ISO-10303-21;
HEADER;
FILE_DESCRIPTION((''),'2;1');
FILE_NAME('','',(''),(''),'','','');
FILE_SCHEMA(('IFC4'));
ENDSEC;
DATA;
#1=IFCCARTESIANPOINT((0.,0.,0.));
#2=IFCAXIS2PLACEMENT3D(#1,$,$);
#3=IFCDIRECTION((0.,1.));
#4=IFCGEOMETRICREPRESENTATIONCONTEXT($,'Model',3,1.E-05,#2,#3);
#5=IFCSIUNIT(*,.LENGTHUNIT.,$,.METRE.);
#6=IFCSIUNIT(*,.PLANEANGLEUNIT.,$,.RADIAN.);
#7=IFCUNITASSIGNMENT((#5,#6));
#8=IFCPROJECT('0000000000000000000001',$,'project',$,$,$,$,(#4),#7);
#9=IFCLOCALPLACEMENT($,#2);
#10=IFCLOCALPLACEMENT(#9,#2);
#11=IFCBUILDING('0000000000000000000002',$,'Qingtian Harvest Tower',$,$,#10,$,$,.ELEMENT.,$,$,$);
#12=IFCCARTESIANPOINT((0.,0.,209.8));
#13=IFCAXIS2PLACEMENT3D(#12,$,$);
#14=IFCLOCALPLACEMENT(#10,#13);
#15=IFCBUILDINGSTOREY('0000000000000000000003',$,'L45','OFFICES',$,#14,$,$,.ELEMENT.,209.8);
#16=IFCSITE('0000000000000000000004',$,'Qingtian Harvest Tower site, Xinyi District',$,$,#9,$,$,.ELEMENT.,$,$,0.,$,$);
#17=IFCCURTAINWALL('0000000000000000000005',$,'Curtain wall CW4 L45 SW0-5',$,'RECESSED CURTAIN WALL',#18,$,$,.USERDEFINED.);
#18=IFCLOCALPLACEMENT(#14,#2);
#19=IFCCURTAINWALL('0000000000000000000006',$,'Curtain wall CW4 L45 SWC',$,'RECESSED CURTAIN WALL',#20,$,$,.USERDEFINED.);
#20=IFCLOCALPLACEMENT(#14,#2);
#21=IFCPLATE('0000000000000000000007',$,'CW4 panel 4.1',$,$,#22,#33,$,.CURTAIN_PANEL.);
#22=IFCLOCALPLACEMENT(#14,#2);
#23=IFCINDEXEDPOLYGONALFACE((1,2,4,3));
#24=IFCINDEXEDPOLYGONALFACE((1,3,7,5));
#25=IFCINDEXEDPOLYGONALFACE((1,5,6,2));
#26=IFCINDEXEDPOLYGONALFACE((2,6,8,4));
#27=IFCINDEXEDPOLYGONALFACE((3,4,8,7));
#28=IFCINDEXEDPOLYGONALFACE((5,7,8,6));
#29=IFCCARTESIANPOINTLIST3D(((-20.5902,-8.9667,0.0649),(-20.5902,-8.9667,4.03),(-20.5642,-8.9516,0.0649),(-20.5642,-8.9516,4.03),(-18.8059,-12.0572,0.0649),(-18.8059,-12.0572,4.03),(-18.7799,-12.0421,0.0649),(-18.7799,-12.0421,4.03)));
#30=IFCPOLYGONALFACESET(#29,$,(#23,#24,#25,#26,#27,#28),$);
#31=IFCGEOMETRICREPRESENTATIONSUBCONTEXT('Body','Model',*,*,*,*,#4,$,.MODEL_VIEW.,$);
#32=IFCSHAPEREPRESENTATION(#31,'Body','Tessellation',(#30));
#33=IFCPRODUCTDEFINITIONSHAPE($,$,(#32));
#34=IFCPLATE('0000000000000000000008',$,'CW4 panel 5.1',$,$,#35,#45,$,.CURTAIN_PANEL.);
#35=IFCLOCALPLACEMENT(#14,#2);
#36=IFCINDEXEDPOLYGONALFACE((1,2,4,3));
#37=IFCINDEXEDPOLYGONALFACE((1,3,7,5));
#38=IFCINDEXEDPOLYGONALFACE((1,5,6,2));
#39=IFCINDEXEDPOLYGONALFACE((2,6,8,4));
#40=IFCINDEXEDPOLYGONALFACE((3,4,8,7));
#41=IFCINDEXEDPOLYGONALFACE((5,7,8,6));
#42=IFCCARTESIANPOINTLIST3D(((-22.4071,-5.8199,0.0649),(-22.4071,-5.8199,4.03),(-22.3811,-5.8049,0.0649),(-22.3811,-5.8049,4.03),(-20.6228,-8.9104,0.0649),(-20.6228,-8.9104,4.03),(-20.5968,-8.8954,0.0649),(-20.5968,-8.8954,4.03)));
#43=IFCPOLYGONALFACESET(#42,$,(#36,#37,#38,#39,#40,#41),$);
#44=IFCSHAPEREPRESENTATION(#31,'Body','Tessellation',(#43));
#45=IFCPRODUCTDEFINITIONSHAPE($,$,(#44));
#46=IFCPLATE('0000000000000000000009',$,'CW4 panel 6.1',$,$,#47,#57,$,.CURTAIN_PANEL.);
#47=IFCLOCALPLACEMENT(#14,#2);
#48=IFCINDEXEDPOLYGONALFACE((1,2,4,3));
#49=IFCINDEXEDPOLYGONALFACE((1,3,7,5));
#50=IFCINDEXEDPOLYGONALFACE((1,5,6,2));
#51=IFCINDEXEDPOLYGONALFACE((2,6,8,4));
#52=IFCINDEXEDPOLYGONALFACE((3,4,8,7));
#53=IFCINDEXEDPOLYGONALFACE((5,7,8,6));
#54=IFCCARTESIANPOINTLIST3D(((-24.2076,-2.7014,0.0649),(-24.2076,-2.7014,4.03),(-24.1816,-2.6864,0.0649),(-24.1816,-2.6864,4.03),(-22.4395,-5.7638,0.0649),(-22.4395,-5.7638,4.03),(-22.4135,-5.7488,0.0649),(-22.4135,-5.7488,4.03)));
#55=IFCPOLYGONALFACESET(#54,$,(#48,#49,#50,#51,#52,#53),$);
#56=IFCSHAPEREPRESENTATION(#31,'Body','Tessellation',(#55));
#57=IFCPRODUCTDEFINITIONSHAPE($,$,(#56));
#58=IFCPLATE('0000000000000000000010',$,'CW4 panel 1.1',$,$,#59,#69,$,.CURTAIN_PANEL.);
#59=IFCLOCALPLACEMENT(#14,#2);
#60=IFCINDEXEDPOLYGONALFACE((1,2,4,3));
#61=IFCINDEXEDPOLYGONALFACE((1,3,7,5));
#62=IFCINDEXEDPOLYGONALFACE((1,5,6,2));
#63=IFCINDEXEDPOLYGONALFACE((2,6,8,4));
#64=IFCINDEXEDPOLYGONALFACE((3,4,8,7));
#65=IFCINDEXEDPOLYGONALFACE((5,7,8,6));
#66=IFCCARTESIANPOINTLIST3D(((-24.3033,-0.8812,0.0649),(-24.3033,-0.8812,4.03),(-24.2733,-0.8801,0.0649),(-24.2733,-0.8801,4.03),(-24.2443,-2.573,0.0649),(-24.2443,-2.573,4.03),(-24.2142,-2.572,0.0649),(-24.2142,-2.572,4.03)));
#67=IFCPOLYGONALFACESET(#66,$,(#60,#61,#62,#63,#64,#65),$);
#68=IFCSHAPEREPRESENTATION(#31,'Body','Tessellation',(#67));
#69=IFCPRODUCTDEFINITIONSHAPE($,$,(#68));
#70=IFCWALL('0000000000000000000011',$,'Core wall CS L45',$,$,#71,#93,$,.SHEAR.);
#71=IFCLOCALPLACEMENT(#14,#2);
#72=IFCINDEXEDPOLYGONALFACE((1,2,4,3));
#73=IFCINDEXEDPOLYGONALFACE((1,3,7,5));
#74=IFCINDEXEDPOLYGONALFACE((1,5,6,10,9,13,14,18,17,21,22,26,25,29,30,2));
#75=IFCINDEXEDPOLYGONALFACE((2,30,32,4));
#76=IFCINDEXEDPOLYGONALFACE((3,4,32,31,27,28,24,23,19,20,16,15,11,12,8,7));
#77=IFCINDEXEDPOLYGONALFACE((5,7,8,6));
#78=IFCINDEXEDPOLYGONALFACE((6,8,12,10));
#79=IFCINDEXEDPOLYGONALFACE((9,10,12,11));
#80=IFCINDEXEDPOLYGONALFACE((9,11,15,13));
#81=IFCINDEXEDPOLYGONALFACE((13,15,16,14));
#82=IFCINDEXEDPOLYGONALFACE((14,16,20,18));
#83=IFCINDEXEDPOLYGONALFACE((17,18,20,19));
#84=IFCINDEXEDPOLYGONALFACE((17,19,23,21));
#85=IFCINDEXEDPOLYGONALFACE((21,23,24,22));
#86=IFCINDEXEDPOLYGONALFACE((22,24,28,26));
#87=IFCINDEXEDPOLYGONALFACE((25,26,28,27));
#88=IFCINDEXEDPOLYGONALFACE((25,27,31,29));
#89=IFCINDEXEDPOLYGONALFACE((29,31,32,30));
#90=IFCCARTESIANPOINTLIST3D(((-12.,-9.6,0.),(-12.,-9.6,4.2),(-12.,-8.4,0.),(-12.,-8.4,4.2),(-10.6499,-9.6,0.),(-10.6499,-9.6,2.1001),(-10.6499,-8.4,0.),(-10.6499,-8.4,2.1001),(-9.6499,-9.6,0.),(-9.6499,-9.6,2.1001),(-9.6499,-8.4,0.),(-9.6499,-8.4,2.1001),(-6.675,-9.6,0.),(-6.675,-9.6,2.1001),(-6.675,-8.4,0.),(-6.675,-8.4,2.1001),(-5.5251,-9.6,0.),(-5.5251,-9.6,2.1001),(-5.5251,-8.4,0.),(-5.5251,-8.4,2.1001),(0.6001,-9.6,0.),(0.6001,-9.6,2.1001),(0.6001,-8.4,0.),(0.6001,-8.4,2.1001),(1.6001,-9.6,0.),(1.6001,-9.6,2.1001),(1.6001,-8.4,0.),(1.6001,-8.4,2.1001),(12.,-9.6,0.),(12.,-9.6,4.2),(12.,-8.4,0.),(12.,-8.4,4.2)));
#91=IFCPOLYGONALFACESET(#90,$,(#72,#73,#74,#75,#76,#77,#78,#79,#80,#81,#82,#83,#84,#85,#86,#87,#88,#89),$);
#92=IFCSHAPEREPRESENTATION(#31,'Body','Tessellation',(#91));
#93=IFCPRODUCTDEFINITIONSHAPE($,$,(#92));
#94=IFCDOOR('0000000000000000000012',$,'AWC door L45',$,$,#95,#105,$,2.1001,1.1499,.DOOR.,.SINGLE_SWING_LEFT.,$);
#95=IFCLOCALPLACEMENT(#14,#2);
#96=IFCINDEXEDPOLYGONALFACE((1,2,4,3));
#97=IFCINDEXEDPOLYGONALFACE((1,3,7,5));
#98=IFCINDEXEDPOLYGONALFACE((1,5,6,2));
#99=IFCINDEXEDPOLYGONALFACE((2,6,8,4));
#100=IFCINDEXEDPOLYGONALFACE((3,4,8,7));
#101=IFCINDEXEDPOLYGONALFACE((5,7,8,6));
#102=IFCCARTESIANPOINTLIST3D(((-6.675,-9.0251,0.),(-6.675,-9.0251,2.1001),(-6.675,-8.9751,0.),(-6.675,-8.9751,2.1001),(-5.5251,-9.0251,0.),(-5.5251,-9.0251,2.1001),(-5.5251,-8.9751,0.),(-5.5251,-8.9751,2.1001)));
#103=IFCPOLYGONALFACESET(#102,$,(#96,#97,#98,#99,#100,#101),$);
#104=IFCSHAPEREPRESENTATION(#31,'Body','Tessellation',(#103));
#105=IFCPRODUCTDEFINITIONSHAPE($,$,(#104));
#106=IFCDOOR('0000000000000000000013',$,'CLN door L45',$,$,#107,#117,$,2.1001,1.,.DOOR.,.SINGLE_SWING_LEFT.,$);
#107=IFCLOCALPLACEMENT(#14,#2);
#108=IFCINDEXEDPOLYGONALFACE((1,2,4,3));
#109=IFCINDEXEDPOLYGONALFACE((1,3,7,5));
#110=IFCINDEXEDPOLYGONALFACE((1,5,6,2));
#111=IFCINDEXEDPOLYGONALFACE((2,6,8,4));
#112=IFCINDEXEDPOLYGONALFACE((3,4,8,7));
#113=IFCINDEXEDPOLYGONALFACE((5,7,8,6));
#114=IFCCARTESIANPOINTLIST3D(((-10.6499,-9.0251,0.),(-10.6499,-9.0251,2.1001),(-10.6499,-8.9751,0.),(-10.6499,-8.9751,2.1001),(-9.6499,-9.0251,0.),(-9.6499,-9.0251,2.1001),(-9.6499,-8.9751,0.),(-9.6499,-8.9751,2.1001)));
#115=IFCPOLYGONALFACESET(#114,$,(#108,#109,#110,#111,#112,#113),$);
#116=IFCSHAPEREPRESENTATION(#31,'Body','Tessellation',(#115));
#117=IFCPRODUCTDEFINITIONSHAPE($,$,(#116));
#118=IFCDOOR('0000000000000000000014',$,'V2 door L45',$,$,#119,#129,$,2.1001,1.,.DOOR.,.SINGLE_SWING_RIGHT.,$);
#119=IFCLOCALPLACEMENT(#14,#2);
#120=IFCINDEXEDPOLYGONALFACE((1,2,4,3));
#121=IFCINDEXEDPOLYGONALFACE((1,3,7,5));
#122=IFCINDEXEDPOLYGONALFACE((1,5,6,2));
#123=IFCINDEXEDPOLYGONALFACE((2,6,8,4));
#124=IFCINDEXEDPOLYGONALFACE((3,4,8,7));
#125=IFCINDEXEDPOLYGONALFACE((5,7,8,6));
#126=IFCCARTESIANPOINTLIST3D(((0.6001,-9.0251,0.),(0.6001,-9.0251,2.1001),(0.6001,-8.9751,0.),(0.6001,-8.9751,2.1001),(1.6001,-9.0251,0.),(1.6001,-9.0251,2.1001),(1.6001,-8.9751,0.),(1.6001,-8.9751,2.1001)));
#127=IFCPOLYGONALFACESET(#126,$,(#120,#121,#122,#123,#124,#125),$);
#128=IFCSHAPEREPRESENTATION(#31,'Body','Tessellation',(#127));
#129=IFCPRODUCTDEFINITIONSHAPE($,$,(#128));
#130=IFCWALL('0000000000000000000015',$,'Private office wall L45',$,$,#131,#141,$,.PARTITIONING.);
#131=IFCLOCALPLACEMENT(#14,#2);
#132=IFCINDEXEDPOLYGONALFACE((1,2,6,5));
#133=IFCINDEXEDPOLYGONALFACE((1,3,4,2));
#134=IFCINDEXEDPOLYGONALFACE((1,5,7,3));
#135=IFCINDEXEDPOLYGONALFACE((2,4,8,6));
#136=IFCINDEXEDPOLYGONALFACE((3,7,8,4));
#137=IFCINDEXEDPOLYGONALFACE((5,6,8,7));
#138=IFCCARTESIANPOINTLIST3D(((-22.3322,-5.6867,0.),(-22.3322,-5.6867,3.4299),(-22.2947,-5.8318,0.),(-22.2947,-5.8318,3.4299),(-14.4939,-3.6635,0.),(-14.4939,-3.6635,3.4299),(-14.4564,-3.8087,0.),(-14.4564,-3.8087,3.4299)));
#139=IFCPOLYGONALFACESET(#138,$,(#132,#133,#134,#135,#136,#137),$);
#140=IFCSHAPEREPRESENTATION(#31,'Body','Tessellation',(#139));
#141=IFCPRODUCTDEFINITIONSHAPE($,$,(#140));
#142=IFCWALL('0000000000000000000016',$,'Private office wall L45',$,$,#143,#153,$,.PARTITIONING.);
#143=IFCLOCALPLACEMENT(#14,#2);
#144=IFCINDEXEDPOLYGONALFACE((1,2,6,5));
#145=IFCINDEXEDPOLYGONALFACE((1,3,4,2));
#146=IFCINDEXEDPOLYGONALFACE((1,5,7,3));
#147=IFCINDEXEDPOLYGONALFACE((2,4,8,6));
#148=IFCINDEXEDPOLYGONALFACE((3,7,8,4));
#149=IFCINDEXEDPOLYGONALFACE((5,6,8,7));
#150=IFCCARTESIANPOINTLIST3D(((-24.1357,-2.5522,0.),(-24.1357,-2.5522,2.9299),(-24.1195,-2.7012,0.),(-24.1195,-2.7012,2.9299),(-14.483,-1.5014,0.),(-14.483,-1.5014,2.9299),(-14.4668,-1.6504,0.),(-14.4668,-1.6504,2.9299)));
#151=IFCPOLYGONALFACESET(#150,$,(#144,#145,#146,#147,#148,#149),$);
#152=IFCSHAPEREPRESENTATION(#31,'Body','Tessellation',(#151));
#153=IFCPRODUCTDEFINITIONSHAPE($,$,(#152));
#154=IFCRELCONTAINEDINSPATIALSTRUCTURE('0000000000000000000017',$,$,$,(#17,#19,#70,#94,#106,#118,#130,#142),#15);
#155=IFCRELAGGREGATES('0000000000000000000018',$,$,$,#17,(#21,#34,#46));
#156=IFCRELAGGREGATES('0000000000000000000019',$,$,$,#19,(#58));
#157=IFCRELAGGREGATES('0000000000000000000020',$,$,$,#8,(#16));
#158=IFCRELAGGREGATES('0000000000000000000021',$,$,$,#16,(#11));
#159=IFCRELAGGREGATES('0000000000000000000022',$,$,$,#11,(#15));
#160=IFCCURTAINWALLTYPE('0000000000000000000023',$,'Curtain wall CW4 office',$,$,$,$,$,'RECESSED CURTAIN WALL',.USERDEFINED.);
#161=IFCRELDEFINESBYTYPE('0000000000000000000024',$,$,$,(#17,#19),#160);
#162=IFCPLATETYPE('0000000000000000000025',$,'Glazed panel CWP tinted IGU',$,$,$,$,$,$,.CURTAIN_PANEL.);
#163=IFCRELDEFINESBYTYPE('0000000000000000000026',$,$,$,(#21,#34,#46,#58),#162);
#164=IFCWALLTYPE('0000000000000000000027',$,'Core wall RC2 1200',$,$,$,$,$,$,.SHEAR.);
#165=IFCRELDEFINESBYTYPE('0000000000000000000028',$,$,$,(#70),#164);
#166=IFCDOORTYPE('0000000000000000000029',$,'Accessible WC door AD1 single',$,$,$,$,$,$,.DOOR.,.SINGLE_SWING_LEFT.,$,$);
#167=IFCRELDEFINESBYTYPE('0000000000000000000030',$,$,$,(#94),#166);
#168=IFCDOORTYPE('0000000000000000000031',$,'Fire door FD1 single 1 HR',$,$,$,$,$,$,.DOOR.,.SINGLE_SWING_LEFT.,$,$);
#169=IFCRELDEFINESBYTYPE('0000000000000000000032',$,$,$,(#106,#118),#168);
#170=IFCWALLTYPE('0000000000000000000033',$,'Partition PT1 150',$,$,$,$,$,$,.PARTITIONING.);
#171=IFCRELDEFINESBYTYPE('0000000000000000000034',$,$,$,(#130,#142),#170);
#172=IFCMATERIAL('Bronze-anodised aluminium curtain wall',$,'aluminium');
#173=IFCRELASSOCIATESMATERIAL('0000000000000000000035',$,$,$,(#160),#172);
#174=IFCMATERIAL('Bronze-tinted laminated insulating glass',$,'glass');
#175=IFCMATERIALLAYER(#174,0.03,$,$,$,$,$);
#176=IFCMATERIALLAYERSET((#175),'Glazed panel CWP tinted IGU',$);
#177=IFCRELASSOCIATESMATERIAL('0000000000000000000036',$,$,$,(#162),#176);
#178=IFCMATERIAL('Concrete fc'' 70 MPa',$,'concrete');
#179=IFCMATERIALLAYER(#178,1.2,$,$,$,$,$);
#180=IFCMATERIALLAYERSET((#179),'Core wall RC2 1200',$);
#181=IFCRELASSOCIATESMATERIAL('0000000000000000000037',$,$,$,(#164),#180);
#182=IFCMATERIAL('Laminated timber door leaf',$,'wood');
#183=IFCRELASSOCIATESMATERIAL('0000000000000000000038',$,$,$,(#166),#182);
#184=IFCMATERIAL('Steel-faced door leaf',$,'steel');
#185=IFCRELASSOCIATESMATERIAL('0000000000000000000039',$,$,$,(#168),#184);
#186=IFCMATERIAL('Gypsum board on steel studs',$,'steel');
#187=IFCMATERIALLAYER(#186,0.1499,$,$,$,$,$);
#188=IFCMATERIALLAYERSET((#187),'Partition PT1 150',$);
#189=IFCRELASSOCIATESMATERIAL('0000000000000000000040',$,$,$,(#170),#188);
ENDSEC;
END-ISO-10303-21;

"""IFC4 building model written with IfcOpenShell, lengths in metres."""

from ifc_helpers import new_model, si_unit, direction, frame, frame_2d, origin, origin_2d, place, context, subcontext, project, spatial, rectangle, extrude, material, layer, layer_set, type_object, element, fill, aggregate, save


model = new_model("IFC4")

# Units and contexts
model_context = context("Model", 3, precision=1e-05, world=origin(), true_north=direction((0.0, 1.0)))
body_context = subcontext(model_context, "Body", "Model", "MODEL_VIEW")
ifc_project = project(units=[si_unit("LENGTHUNIT", "METRE"), si_unit("PLANEANGLEUNIT", "RADIAN")], contexts=[model_context])

# Site, building, storey
site_placement = place(None, origin())
site = spatial("IfcSite", under=ifc_project, at=site_placement, Name="Qingtian Harvest Tower site, Xinyi District", CompositionType="ELEMENT", RefElevation=0.0)
building_placement = place(site_placement, origin())
building = spatial("IfcBuilding", under=site, at=building_placement, Name="Qingtian Harvest Tower", CompositionType="ELEMENT")
storey_placement = place(building_placement, frame((0.0, 0.0, 209.8)))
storey = spatial("IfcBuildingStorey", under=building, at=storey_placement, Name="L45", Description="OFFICES", CompositionType="ELEMENT", Elevation=209.8)

# Curtain walls
ifc_material_1 = material(Name="Bronze-anodised aluminium curtain wall", Category="aluminium")
curtain_wall_type = type_object("IfcCurtainWallType", Name="Curtain wall CW4 office", ElementType="RECESSED CURTAIN WALL", PredefinedType="USERDEFINED", material=ifc_material_1)
curtain_wall_1_placement = place(storey_placement, origin())
curtain_wall_1 = element("IfcCurtainWall", 1, at=curtain_wall_1_placement, inside=storey, type_object=curtain_wall_type, Name="Curtain wall CW4 L45 SW0-5", ObjectType="RECESSED CURTAIN WALL", PredefinedType="USERDEFINED")
curtain_wall_2_placement = place(storey_placement, origin())
curtain_wall_2 = element("IfcCurtainWall", 2, at=curtain_wall_2_placement, inside=storey, type_object=curtain_wall_type, Name="Curtain wall CW4 L45 SWC", ObjectType="RECESSED CURTAIN WALL", PredefinedType="USERDEFINED")

# Plates
ifc_material_2 = material(Name="Bronze-tinted laminated insulating glass", Category="glass")
ifc_layer_1 = layer(ifc_material_2, 0.03)
ifc_layer_set_1 = layer_set([ifc_layer_1], Name="Glazed panel CWP tinted IGU")
plate_type = type_object("IfcPlateType", Name="Glazed panel CWP tinted IGU", PredefinedType="CURTAIN_PANEL", material=ifc_layer_set_1)
plate_1_placement = place(storey_placement, frame((-19.6851, -10.5044, 0.0649), z_axis=(0.0, 0.0, 1.0), x_axis=(-0.5, 0.866025, 0.0)))
plate_1 = element("IfcPlate", 3, at=plate_1_placement, type_object=plate_type, Name="CW4 panel 4.1", PredefinedType="CURTAIN_PANEL", context=body_context, shape_type="SweptSolid", body=[
    extrude(rectangle(XDim=3.5686, YDim=0.03, at=origin_2d()), origin(), (0.0, 0.0, 1.0), 3.9651),
])
plate_2_placement = place(storey_placement, frame((-21.502, -7.3577, 0.0649), z_axis=(0.0, 0.0, 1.0), x_axis=(-0.5, 0.866025, 0.0)))
plate_2 = element("IfcPlate", 4, at=plate_2_placement, type_object=plate_type, Name="CW4 panel 5.1", PredefinedType="CURTAIN_PANEL", context=body_context, shape_type="SweptSolid", body=[
    extrude(rectangle(XDim=3.5686, YDim=0.03, at=origin_2d()), origin(), (0.0, 0.0, 1.0), 3.9651),
])
plate_3_placement = place(storey_placement, frame((-23.3105, -4.2251, 0.0649), z_axis=(0.0, 0.0, 1.0), x_axis=(-0.5, 0.866025, 0.0)))
plate_3 = element("IfcPlate", 5, at=plate_3_placement, type_object=plate_type, Name="CW4 panel 6.1", PredefinedType="CURTAIN_PANEL", context=body_context, shape_type="SweptSolid", body=[
    extrude(rectangle(XDim=3.5361, YDim=0.03, at=origin_2d()), origin(), (0.0, 0.0, 1.0), 3.9651),
])
aggregate(curtain_wall_1, [plate_1, plate_2, plate_3])
plate_4_placement = place(storey_placement, frame((-24.2588, -1.7266, 0.0649), z_axis=(0.0, 0.0, 1.0), x_axis=(-0.034899, 0.999391, 0.0)))
plate_4 = element("IfcPlate", 6, at=plate_4_placement, type_object=plate_type, Name="CW4 panel 1.1", PredefinedType="CURTAIN_PANEL", context=body_context, shape_type="SweptSolid", body=[
    extrude(rectangle(XDim=1.6929, YDim=0.03, at=origin_2d()), origin(), (0.0, 0.0, 1.0), 3.9651),
])
aggregate(curtain_wall_2, [plate_4])

# Wall, openings, doors
ifc_material_3 = material(Name="Concrete fc' 70 MPa", Category="concrete")
ifc_layer_2 = layer(ifc_material_3, 1.2)
ifc_layer_set_2 = layer_set([ifc_layer_2], Name="Core wall RC2 1200")
wall_type_1 = type_object("IfcWallType", Name="Core wall RC2 1200", PredefinedType="SHEAR", material=ifc_layer_set_2)
wall_1_placement = place(storey_placement, frame((-12.0, -9.0, 0.0), z_axis=(0.0, 0.0, 1.0), x_axis=(1.0, 0.0, 0.0)))
wall_1 = element("IfcWall", 7, at=wall_1_placement, inside=storey, type_object=wall_type_1, Name="Core wall CS L45", PredefinedType="SHEAR", context=body_context, shape_type="SweptSolid", body=[
    extrude(rectangle(XDim=24.0, YDim=1.2, at=frame_2d((12.0, 0.0))), origin(), (0.0, 0.0, 1.0), 4.2),
])
opening_1_placement = place(wall_1_placement, frame((1.3501, 0.0, 0.0)))
opening_1 = element("IfcOpeningElement", 8, at=opening_1_placement, cuts=wall_1, PredefinedType="OPENING", context=body_context, shape_type="SweptSolid", body=[
    extrude(rectangle(XDim=1.0, YDim=2.1001, at=frame_2d((0.5, 1.05))), frame((0.0, 0.6099, 0.0), z_axis=(0.0, -1.0, 0.0), x_axis=(1.0, 0.0, 0.0)), (0.0, 0.0, 1.0), 1.22),
])
opening_2_placement = place(wall_1_placement, frame((5.325, 0.0, 0.0)))
opening_2 = element("IfcOpeningElement", 9, at=opening_2_placement, cuts=wall_1, PredefinedType="OPENING", context=body_context, shape_type="SweptSolid", body=[
    extrude(rectangle(XDim=1.1499, YDim=2.1001, at=frame_2d((0.575, 1.05))), frame((0.0, 0.6099, 0.0), z_axis=(0.0, -1.0, 0.0), x_axis=(1.0, 0.0, 0.0)), (0.0, 0.0, 1.0), 1.22),
])
opening_3_placement = place(wall_1_placement, frame((12.6001, 0.0, 0.0)))
opening_3 = element("IfcOpeningElement", 10, at=opening_3_placement, cuts=wall_1, PredefinedType="OPENING", context=body_context, shape_type="SweptSolid", body=[
    extrude(rectangle(XDim=1.0, YDim=2.1001, at=frame_2d((0.5, 1.05))), frame((0.0, 0.6099, 0.0), z_axis=(0.0, -1.0, 0.0), x_axis=(1.0, 0.0, 0.0)), (0.0, 0.0, 1.0), 1.22),
])
ifc_material_4 = material(Name="Laminated timber door leaf", Category="wood")
door_type_1 = type_object("IfcDoorType", Name="Accessible WC door AD1 single", OperationType="SINGLE_SWING_LEFT", PredefinedType="DOOR", material=ifc_material_4)
door_1_placement = place(opening_2_placement, origin())
door_1 = element("IfcDoor", 11, at=door_1_placement, inside=storey, type_object=door_type_1, Name="AWC door L45", OperationType="SINGLE_SWING_LEFT", OverallHeight=2.1001, OverallWidth=1.1499, PredefinedType="DOOR", context=body_context, shape_type="SweptSolid", body=[
    extrude(rectangle(XDim=1.1499, YDim=2.1001, at=frame_2d((0.575, 1.05))), frame((0.0, 0.0249, 0.0), z_axis=(0.0, -1.0, 0.0), x_axis=(1.0, 0.0, 0.0)), (0.0, 0.0, 1.0), 0.05),
])
fill(opening_2, door_1)
ifc_material_5 = material(Name="Steel-faced door leaf", Category="steel")
door_type_2 = type_object("IfcDoorType", Name="Fire door FD1 single 1 HR", OperationType="SINGLE_SWING_LEFT", PredefinedType="DOOR", material=ifc_material_5)
door_2_placement = place(opening_1_placement, origin())
door_2 = element("IfcDoor", 12, at=door_2_placement, inside=storey, type_object=door_type_2, Name="CLN door L45", OperationType="SINGLE_SWING_LEFT", OverallHeight=2.1001, OverallWidth=1.0, PredefinedType="DOOR", context=body_context, shape_type="SweptSolid", body=[
    extrude(rectangle(XDim=1.0, YDim=2.1001, at=frame_2d((0.5, 1.05))), frame((0.0, 0.0249, 0.0), z_axis=(0.0, -1.0, 0.0), x_axis=(1.0, 0.0, 0.0)), (0.0, 0.0, 1.0), 0.05),
])
fill(opening_1, door_2)
door_3_placement = place(opening_3_placement, origin())
door_3 = element("IfcDoor", 13, at=door_3_placement, inside=storey, type_object=door_type_2, Name="V2 door L45", OperationType="SINGLE_SWING_RIGHT", OverallHeight=2.1001, OverallWidth=1.0, PredefinedType="DOOR", context=body_context, shape_type="SweptSolid", body=[
    extrude(rectangle(XDim=1.0, YDim=2.1001, at=frame_2d((0.5, 1.05))), frame((0.0, 0.0249, 0.0), z_axis=(0.0, -1.0, 0.0), x_axis=(1.0, 0.0, 0.0)), (0.0, 0.0, 1.0), 0.05),
])
fill(opening_3, door_3)

# Wall
ifc_material_6 = material(Name="Gypsum board on steel studs", Category="steel")
ifc_layer_3 = layer(ifc_material_6, 0.1499)
ifc_layer_set_3 = layer_set([ifc_layer_3], Name="Partition PT1 150")
wall_type_2 = type_object("IfcWallType", Name="Partition PT1 150", PredefinedType="PARTITIONING", material=ifc_layer_set_3)
wall_2_placement = place(storey_placement, frame((-22.3135, -5.7593, 0.0), z_axis=(0.0, 0.0, 1.0), x_axis=(0.968266, 0.249923, 0.0)))
element("IfcWall", 14, at=wall_2_placement, inside=storey, type_object=wall_type_2, Name="Private office wall L45", PredefinedType="PARTITIONING", context=body_context, shape_type="SweptSolid", body=[
    extrude(rectangle(XDim=8.0952, YDim=0.1499, at=frame_2d((4.0476, 0.0))), origin(), (0.0, 0.0, 1.0), 3.4299),
])

# Wall
wall_3_placement = place(storey_placement, frame((-24.1277, -2.6267, 0.0), z_axis=(0.0, 0.0, 1.0), x_axis=(0.994127, 0.108221, 0.0)))
element("IfcWall", 15, at=wall_3_placement, inside=storey, type_object=wall_type_2, Name="Private office wall L45", PredefinedType="PARTITIONING", context=body_context, shape_type="SweptSolid", body=[
    extrude(rectangle(XDim=9.7097, YDim=0.1499, at=frame_2d((4.855, 0.0))), origin(), (0.0, 0.0, 1.0), 2.9299),
])

save(model, "model.ifc")
